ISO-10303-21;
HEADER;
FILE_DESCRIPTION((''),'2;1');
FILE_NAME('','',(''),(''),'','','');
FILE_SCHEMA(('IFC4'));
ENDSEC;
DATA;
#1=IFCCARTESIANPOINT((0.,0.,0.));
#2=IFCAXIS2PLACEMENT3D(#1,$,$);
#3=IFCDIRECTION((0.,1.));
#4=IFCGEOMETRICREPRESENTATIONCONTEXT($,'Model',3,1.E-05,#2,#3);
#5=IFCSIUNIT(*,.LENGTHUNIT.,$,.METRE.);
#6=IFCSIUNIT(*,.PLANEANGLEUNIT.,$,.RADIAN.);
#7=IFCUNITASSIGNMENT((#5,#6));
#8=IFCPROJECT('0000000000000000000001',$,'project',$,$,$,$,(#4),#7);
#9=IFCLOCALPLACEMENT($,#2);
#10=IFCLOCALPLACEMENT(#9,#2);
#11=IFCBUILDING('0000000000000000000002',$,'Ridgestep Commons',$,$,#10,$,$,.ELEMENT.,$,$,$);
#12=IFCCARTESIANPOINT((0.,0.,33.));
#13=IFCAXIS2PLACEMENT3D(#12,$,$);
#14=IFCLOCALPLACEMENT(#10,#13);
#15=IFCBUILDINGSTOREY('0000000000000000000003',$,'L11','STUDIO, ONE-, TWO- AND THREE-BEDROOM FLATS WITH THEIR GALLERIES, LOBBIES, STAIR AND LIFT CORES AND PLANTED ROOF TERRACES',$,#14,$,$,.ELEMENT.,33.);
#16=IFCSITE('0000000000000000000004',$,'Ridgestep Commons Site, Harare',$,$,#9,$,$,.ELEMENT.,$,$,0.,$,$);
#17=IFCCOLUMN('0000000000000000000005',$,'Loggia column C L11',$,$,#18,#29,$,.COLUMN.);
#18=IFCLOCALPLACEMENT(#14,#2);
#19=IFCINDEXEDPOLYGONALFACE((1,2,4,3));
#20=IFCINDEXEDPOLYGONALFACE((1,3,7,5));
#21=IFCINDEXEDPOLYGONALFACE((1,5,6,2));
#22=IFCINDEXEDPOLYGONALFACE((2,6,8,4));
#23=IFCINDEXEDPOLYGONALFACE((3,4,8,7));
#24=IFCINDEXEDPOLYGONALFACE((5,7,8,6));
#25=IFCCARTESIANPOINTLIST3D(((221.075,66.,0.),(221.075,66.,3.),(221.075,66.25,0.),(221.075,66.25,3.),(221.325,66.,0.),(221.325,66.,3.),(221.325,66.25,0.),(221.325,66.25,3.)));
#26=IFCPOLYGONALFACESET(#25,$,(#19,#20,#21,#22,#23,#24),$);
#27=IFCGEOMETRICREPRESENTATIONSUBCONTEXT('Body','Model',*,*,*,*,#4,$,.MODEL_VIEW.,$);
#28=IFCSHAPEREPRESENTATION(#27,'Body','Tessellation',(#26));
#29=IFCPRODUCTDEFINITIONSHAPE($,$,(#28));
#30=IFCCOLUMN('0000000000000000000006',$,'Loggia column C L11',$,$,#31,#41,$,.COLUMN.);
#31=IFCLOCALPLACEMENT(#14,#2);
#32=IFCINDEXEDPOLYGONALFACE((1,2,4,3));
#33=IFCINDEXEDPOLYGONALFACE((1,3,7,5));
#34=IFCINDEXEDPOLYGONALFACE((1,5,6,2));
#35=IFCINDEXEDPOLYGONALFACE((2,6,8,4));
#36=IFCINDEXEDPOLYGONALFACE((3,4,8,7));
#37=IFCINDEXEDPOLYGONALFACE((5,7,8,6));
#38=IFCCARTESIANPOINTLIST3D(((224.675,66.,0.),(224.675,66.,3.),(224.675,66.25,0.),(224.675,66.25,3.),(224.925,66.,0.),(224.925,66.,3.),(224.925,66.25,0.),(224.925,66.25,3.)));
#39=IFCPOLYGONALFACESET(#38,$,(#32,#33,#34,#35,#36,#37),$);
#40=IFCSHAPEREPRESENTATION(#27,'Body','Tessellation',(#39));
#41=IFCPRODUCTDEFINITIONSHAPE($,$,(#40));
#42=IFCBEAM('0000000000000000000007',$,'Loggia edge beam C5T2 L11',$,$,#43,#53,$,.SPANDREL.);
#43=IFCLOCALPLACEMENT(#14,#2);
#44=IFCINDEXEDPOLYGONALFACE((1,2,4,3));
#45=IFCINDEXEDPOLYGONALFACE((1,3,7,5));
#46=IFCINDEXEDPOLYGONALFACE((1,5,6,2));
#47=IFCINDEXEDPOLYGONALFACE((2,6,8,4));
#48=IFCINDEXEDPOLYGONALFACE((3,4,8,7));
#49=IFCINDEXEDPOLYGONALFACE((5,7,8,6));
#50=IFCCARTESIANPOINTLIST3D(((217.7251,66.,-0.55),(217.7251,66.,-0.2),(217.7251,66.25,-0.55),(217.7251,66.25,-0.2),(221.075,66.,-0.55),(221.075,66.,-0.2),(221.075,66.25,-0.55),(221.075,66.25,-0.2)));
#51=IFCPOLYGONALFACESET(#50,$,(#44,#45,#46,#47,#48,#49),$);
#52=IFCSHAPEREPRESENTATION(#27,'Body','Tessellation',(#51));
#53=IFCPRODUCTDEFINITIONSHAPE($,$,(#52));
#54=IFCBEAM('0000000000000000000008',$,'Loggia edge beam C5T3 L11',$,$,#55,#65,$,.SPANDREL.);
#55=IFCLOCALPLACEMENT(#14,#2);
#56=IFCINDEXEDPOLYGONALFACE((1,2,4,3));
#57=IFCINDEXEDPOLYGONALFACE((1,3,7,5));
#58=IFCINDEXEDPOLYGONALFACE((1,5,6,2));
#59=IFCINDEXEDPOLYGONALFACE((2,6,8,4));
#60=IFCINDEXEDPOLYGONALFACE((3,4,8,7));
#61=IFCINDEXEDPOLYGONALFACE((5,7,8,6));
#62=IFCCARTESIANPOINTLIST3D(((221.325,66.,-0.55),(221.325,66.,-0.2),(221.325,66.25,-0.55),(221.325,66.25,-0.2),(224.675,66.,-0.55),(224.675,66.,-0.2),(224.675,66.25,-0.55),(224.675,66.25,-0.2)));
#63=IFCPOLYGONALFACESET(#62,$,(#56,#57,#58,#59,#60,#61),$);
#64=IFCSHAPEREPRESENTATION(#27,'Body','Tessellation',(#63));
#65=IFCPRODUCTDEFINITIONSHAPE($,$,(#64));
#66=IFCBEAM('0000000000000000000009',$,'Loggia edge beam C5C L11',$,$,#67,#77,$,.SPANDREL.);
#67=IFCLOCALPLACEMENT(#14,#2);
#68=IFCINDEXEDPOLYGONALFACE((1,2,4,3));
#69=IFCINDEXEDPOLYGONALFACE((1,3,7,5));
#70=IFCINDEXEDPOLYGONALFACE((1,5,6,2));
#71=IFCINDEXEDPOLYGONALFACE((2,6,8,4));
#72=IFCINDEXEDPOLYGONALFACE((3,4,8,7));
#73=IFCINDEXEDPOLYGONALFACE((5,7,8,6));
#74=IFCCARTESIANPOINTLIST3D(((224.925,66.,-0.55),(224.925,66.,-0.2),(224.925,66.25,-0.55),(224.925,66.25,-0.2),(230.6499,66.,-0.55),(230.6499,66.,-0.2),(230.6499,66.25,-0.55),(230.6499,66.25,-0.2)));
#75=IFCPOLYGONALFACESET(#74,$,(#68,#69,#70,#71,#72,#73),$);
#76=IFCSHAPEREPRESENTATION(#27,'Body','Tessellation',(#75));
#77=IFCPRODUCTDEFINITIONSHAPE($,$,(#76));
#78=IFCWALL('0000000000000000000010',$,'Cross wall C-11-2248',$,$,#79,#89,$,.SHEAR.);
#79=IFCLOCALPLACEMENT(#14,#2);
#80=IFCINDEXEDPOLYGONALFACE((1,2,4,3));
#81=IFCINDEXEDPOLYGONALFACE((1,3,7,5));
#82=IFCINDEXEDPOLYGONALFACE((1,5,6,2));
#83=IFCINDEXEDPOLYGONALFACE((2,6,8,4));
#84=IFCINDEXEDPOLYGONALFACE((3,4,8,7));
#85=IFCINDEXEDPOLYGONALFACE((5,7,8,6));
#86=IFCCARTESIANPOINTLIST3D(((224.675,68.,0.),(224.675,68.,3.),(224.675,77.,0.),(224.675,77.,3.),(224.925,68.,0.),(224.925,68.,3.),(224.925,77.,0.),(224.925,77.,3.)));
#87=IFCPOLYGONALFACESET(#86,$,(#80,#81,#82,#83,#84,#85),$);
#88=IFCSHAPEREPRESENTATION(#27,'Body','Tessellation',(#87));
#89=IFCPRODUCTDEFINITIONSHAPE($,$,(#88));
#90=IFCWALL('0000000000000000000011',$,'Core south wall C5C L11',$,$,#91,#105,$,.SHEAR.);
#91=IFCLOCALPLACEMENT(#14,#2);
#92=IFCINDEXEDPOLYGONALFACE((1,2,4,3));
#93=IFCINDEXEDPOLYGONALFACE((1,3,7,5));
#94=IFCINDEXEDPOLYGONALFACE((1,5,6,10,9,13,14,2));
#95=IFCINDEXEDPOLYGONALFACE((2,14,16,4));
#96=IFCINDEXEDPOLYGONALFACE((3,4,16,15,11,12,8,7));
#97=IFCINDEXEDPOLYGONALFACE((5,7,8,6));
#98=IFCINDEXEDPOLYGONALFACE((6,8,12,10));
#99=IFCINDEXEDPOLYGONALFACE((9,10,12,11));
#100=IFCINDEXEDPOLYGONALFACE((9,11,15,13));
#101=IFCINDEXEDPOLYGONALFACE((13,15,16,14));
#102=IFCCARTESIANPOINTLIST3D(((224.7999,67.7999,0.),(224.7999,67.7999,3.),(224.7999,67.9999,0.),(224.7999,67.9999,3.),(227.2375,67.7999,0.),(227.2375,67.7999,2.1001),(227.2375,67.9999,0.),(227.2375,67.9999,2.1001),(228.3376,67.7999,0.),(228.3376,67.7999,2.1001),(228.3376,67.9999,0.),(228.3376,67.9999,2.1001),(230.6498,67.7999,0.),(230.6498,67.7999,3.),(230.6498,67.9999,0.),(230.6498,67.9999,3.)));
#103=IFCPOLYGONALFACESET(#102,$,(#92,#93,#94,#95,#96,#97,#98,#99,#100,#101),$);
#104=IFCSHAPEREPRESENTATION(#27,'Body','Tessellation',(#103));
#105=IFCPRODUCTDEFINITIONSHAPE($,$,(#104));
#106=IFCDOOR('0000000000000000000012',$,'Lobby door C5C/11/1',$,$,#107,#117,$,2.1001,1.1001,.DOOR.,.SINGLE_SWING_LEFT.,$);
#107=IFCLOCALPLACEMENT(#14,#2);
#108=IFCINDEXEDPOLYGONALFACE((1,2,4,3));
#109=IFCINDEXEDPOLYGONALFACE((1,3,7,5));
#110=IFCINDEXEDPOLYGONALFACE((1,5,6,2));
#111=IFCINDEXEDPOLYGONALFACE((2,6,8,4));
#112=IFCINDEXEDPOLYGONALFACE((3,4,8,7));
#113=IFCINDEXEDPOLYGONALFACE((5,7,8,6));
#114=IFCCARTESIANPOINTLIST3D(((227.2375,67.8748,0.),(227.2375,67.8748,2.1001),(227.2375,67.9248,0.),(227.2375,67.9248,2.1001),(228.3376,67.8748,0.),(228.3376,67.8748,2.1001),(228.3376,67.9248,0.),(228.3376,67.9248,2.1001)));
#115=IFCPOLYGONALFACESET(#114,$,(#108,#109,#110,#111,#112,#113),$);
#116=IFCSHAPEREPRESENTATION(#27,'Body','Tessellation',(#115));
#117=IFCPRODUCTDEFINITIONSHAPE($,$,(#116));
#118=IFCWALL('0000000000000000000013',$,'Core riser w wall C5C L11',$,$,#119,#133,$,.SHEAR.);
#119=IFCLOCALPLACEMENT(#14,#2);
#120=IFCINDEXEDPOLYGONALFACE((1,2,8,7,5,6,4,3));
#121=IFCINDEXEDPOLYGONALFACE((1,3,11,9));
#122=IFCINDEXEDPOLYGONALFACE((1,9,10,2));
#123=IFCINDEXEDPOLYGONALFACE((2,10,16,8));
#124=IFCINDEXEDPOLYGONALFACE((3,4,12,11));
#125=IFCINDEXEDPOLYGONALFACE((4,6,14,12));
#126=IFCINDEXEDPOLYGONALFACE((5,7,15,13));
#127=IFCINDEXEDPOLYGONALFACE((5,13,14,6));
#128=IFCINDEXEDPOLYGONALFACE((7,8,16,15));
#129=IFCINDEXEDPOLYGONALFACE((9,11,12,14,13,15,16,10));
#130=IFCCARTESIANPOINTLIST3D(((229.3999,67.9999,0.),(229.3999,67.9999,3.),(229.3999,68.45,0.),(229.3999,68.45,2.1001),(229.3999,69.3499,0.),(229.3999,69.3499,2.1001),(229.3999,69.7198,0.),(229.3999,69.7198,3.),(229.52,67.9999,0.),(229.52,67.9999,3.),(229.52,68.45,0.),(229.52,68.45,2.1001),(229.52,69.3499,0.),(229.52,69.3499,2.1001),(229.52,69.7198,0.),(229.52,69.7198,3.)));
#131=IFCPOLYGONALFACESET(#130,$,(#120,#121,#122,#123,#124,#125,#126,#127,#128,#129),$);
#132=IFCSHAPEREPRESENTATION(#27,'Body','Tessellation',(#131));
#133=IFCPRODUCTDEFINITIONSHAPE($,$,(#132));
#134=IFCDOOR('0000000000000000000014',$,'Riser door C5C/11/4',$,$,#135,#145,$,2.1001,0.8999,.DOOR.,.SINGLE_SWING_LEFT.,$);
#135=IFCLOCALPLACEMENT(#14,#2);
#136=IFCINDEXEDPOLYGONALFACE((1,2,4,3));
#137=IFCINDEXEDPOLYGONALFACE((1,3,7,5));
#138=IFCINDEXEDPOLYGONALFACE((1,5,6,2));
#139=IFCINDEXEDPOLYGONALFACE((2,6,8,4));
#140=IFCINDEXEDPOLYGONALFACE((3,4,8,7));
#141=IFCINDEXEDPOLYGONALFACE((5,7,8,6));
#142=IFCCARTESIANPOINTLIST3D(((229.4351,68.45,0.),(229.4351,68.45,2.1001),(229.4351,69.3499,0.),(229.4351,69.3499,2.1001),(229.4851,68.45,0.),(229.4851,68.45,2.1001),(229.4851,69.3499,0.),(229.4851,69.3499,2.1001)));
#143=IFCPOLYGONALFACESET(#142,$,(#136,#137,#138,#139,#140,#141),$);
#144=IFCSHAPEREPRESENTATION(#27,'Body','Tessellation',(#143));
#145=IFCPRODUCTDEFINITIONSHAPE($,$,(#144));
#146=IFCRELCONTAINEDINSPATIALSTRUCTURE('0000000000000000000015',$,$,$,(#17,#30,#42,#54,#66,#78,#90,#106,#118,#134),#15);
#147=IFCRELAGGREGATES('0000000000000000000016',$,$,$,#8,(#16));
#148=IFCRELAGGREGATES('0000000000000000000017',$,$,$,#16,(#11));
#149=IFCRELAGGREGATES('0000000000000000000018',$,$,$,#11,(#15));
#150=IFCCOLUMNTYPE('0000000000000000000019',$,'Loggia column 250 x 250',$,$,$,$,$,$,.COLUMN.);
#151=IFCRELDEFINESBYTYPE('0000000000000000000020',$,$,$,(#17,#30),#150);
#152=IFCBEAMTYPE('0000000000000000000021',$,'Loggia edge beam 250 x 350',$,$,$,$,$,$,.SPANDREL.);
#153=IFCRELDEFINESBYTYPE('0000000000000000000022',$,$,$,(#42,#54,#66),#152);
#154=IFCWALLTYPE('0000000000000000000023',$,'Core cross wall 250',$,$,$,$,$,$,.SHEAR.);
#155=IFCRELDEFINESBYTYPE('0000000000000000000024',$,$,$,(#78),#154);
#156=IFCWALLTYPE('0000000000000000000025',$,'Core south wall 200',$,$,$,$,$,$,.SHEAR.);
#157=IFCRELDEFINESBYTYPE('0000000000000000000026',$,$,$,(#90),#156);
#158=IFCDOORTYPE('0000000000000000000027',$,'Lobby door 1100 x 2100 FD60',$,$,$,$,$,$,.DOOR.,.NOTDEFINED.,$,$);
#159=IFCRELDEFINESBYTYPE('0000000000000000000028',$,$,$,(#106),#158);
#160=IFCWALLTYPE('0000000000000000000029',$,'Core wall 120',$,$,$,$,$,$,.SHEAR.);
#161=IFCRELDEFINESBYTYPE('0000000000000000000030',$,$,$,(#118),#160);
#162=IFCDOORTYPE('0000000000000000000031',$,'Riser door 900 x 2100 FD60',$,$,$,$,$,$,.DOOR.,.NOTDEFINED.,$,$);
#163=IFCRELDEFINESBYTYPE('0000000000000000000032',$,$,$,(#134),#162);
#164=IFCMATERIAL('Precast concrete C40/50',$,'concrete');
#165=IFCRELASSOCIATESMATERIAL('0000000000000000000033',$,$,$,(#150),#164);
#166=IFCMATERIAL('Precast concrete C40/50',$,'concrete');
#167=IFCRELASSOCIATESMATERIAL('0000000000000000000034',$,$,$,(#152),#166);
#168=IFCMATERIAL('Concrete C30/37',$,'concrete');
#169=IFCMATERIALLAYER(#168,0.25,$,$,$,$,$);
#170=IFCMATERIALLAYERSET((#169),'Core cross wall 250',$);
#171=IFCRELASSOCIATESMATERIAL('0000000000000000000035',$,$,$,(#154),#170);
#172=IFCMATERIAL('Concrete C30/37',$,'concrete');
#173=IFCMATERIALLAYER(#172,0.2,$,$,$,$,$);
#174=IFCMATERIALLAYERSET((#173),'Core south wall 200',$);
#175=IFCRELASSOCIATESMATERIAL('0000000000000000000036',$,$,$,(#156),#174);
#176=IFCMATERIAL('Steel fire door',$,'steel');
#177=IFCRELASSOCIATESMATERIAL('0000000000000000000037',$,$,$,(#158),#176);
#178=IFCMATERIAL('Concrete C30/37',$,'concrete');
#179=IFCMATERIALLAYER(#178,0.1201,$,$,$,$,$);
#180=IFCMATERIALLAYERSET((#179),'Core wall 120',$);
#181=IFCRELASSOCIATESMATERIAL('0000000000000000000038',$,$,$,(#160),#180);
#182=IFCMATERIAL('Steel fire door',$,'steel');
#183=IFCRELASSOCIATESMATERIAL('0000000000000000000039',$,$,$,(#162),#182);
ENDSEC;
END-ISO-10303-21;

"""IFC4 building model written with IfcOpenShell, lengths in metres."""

from ifc_helpers import new_model, si_unit, direction, frame, frame_2d, origin, origin_2d, place, context, subcontext, project, spatial, rectangle, extrude, material, layer, layer_set, material_profile, profile_set, type_object, element, fill, save


model = new_model("IFC4")

# Units and contexts
model_context = context("Model", 3, precision=1e-05, world=origin(), true_north=direction((0.0, 1.0)))
body_context = subcontext(model_context, "Body", "Model", "MODEL_VIEW")
ifc_project = project(units=[si_unit("LENGTHUNIT", "METRE"), si_unit("PLANEANGLEUNIT", "RADIAN")], contexts=[model_context])

# Site, building, storey
site_placement = place(None, origin())
site = spatial("IfcSite", under=ifc_project, at=site_placement, Name="Ridgestep Commons Site, Harare", CompositionType="ELEMENT", RefElevation=0.0)
building_placement = place(site_placement, origin())
building = spatial("IfcBuilding", under=site, at=building_placement, Name="Ridgestep Commons", CompositionType="ELEMENT")
storey_placement = place(building_placement, frame((0.0, 0.0, 33.0)))
storey = spatial("IfcBuildingStorey", under=building, at=storey_placement, Name="L11", Description="STUDIO, ONE-, TWO- AND THREE-BEDROOM FLATS WITH THEIR GALLERIES, LOBBIES, STAIR AND LIFT CORES AND PLANTED ROOF TERRACES", CompositionType="ELEMENT", Elevation=33.0)

# Columns
ifc_material_1 = material(Name="Precast concrete C40/50", Category="concrete")
ifc_material_profile_1 = material_profile(ifc_material_1, rectangle(XDim=0.25, YDim=0.25, at=origin_2d()), Name="PC 250x250")
ifc_profile_set_1 = profile_set([ifc_material_profile_1], Name="Precast concrete C40/50")
column_type = type_object("IfcColumnType", Name="Loggia column 250 x 250", PredefinedType="COLUMN", material=ifc_profile_set_1)
for number, where, z_axis, x_axis, name in (
    (1, (221.2, 66.125, 0.0), (0.0, 0.0, 1.0), (1.0, 0.0, 0.0), "Loggia column C L11"),
    (2, (224.8, 66.125, 0.0), (0.0, 0.0, 1.0), (1.0, 0.0, 0.0), "Loggia column C L11"),
):
    element("IfcColumn", number, at=place(storey_placement, frame(where, z_axis=z_axis, x_axis=x_axis)), inside=storey, type_object=column_type, Name=name, PredefinedType="COLUMN", context=body_context, shape_type="SweptSolid", body=[
        extrude(rectangle(XDim=0.25, YDim=0.25, at=origin_2d()), origin(), (0.0, 0.0, 1.0), 3.0),
    ])

# Beams
ifc_material_2 = material(Name="Precast concrete C40/50", Category="concrete")
ifc_material_profile_2 = material_profile(ifc_material_2, rectangle(XDim=0.25, YDim=0.3501, at=origin_2d()), Name="PC 250x350")
ifc_profile_set_2 = profile_set([ifc_material_profile_2], Name="Precast concrete C40/50")
beam_type = type_object("IfcBeamType", Name="Loggia edge beam 250 x 350", PredefinedType="SPANDREL", material=ifc_profile_set_2)
beam_1_placement = place(storey_placement, frame((217.7251, 66.125, -0.375), z_axis=(1.0, 0.0, 0.0), x_axis=(0.0, 1.0, 0.0)))
element("IfcBeam", 3, at=beam_1_placement, inside=storey, type_object=beam_type, Name="Loggia edge beam C5T2 L11", PredefinedType="SPANDREL", context=body_context, shape_type="SweptSolid", body=[
    extrude(rectangle(XDim=0.25, YDim=0.3501, at=origin_2d()), origin(), (0.0, 0.0, 1.0), 3.3499),
])
beam_2_placement = place(storey_placement, frame((221.325, 66.125, -0.375), z_axis=(1.0, 0.0, 0.0), x_axis=(0.0, 1.0, 0.0)))
element("IfcBeam", 4, at=beam_2_placement, inside=storey, type_object=beam_type, Name="Loggia edge beam C5T3 L11", PredefinedType="SPANDREL", context=body_context, shape_type="SweptSolid", body=[
    extrude(rectangle(XDim=0.25, YDim=0.3501, at=origin_2d()), origin(), (0.0, 0.0, 1.0), 3.3501),
])
beam_3_placement = place(storey_placement, frame((224.925, 66.125, -0.375), z_axis=(1.0, 0.0, 0.0), x_axis=(0.0, 1.0, 0.0)))
element("IfcBeam", 5, at=beam_3_placement, inside=storey, type_object=beam_type, Name="Loggia edge beam C5C L11", PredefinedType="SPANDREL", context=body_context, shape_type="SweptSolid", body=[
    extrude(rectangle(XDim=0.25, YDim=0.3501, at=origin_2d()), origin(), (0.0, 0.0, 1.0), 5.7249),
])

# Wall
ifc_material_3 = material(Name="Concrete C30/37", Category="concrete")
ifc_layer_1 = layer(ifc_material_3, 0.25)
ifc_layer_set_1 = layer_set([ifc_layer_1], Name="Core cross wall 250")
wall_type_1 = type_object("IfcWallType", Name="Core cross wall 250", PredefinedType="SHEAR", material=ifc_layer_set_1)
wall_1_placement = place(storey_placement, frame((224.8, 68.0, 0.0), z_axis=(0.0, 0.0, 1.0), x_axis=(0.0, 1.0, 0.0)))
element("IfcWall", 6, at=wall_1_placement, inside=storey, type_object=wall_type_1, Name="Cross wall C-11-2248", PredefinedType="SHEAR", context=body_context, shape_type="SweptSolid", body=[
    extrude(rectangle(XDim=9.0, YDim=0.25, at=frame_2d((4.5, 0.0))), origin(), (0.0, 0.0, 1.0), 3.0),
])

# Walls, openings, doors
ifc_material_4 = material(Name="Concrete C30/37", Category="concrete")
ifc_layer_2 = layer(ifc_material_4, 0.2)
ifc_layer_set_2 = layer_set([ifc_layer_2], Name="Core south wall 200")
wall_type_2 = type_object("IfcWallType", Name="Core south wall 200", PredefinedType="SHEAR", material=ifc_layer_set_2)
wall_2_placement = place(storey_placement, frame((224.8, 67.8999, 0.0), z_axis=(0.0, 0.0, 1.0), x_axis=(1.0, 0.0, 0.0)))
wall_2 = element("IfcWall", 7, at=wall_2_placement, inside=storey, type_object=wall_type_2, Name="Core south wall C5C L11", PredefinedType="SHEAR", context=body_context, shape_type="SweptSolid", body=[
    extrude(rectangle(XDim=5.8499, YDim=0.2, at=frame_2d((2.9248, 0.0))), origin(), (0.0, 0.0, 1.0), 3.0),
])
opening_1_placement = place(wall_2_placement, frame((2.4375, 0.0, 0.0)))
opening_1 = element("IfcOpeningElement", 8, at=opening_1_placement, cuts=wall_2, PredefinedType="OPENING", context=body_context, shape_type="SweptSolid", body=[
    extrude(rectangle(XDim=1.1001, YDim=2.1001, at=frame_2d((0.55, 1.05))), frame((0.0, 0.1099, 0.0), z_axis=(0.0, -1.0, 0.0), x_axis=(1.0, 0.0, 0.0)), (0.0, 0.0, 1.0), 0.22),
])
ifc_material_5 = material(Name="Steel fire door", Category="steel")
door_type_1 = type_object("IfcDoorType", Name="Lobby door 1100 x 2100 FD60", OperationType="NOTDEFINED", PredefinedType="DOOR", material=ifc_material_5)
door_1_placement = place(opening_1_placement, origin())
door_1 = element("IfcDoor", 9, at=door_1_placement, inside=storey, type_object=door_type_1, Name="Lobby door C5C/11/1", OperationType="SINGLE_SWING_LEFT", OverallHeight=2.1001, OverallWidth=1.1001, PredefinedType="DOOR", context=body_context, shape_type="SweptSolid", body=[
    extrude(rectangle(XDim=1.1001, YDim=2.1001, at=frame_2d((0.55, 1.05))), frame((0.0, 0.0249, 0.0), z_axis=(0.0, -1.0, 0.0), x_axis=(1.0, 0.0, 0.0)), (0.0, 0.0, 1.0), 0.05),
])
fill(opening_1, door_1)
ifc_material_6 = material(Name="Concrete C30/37", Category="concrete")
ifc_layer_3 = layer(ifc_material_6, 0.1201)
ifc_layer_set_3 = layer_set([ifc_layer_3], Name="Core wall 120")
wall_type_3 = type_object("IfcWallType", Name="Core wall 120", PredefinedType="SHEAR", material=ifc_layer_set_3)
wall_3_placement = place(storey_placement, frame((229.46, 68.0, 0.0), z_axis=(0.0, 0.0, 1.0), x_axis=(0.0, 1.0, 0.0)))
wall_3 = element("IfcWall", 10, at=wall_3_placement, inside=storey, type_object=wall_type_3, Name="Core riser w wall C5C L11", PredefinedType="SHEAR", context=body_context, shape_type="SweptSolid", body=[
    extrude(rectangle(XDim=1.72, YDim=0.1201, at=frame_2d((0.8599, 0.0))), origin(), (0.0, 0.0, 1.0), 3.0),
])
opening_2_placement = place(wall_3_placement, frame((0.45, 0.0, 0.0)))
opening_2 = element("IfcOpeningElement", 11, at=opening_2_placement, cuts=wall_3, PredefinedType="OPENING", context=body_context, shape_type="SweptSolid", body=[
    extrude(rectangle(XDim=0.8999, YDim=2.1001, at=frame_2d((0.45, 1.05))), frame((0.0, 0.0701, 0.0), z_axis=(0.0, -1.0, 0.0), x_axis=(1.0, 0.0, 0.0)), (0.0, 0.0, 1.0), 0.1401),
])
ifc_material_7 = material(Name="Steel fire door", Category="steel")
door_type_2 = type_object("IfcDoorType", Name="Riser door 900 x 2100 FD60", OperationType="NOTDEFINED", PredefinedType="DOOR", material=ifc_material_7)
door_2_placement = place(opening_2_placement, origin())
door_2 = element("IfcDoor", 12, at=door_2_placement, inside=storey, type_object=door_type_2, Name="Riser door C5C/11/4", OperationType="SINGLE_SWING_LEFT", OverallHeight=2.1001, OverallWidth=0.8999, PredefinedType="DOOR", context=body_context, shape_type="SweptSolid", body=[
    extrude(rectangle(XDim=0.8999, YDim=2.1001, at=frame_2d((0.45, 1.05))), frame((0.0, 0.0249, 0.0), z_axis=(0.0, -1.0, 0.0), x_axis=(1.0, 0.0, 0.0)), (0.0, 0.0, 1.0), 0.05),
])
fill(opening_2, door_2)

save(model, "model.ifc")
